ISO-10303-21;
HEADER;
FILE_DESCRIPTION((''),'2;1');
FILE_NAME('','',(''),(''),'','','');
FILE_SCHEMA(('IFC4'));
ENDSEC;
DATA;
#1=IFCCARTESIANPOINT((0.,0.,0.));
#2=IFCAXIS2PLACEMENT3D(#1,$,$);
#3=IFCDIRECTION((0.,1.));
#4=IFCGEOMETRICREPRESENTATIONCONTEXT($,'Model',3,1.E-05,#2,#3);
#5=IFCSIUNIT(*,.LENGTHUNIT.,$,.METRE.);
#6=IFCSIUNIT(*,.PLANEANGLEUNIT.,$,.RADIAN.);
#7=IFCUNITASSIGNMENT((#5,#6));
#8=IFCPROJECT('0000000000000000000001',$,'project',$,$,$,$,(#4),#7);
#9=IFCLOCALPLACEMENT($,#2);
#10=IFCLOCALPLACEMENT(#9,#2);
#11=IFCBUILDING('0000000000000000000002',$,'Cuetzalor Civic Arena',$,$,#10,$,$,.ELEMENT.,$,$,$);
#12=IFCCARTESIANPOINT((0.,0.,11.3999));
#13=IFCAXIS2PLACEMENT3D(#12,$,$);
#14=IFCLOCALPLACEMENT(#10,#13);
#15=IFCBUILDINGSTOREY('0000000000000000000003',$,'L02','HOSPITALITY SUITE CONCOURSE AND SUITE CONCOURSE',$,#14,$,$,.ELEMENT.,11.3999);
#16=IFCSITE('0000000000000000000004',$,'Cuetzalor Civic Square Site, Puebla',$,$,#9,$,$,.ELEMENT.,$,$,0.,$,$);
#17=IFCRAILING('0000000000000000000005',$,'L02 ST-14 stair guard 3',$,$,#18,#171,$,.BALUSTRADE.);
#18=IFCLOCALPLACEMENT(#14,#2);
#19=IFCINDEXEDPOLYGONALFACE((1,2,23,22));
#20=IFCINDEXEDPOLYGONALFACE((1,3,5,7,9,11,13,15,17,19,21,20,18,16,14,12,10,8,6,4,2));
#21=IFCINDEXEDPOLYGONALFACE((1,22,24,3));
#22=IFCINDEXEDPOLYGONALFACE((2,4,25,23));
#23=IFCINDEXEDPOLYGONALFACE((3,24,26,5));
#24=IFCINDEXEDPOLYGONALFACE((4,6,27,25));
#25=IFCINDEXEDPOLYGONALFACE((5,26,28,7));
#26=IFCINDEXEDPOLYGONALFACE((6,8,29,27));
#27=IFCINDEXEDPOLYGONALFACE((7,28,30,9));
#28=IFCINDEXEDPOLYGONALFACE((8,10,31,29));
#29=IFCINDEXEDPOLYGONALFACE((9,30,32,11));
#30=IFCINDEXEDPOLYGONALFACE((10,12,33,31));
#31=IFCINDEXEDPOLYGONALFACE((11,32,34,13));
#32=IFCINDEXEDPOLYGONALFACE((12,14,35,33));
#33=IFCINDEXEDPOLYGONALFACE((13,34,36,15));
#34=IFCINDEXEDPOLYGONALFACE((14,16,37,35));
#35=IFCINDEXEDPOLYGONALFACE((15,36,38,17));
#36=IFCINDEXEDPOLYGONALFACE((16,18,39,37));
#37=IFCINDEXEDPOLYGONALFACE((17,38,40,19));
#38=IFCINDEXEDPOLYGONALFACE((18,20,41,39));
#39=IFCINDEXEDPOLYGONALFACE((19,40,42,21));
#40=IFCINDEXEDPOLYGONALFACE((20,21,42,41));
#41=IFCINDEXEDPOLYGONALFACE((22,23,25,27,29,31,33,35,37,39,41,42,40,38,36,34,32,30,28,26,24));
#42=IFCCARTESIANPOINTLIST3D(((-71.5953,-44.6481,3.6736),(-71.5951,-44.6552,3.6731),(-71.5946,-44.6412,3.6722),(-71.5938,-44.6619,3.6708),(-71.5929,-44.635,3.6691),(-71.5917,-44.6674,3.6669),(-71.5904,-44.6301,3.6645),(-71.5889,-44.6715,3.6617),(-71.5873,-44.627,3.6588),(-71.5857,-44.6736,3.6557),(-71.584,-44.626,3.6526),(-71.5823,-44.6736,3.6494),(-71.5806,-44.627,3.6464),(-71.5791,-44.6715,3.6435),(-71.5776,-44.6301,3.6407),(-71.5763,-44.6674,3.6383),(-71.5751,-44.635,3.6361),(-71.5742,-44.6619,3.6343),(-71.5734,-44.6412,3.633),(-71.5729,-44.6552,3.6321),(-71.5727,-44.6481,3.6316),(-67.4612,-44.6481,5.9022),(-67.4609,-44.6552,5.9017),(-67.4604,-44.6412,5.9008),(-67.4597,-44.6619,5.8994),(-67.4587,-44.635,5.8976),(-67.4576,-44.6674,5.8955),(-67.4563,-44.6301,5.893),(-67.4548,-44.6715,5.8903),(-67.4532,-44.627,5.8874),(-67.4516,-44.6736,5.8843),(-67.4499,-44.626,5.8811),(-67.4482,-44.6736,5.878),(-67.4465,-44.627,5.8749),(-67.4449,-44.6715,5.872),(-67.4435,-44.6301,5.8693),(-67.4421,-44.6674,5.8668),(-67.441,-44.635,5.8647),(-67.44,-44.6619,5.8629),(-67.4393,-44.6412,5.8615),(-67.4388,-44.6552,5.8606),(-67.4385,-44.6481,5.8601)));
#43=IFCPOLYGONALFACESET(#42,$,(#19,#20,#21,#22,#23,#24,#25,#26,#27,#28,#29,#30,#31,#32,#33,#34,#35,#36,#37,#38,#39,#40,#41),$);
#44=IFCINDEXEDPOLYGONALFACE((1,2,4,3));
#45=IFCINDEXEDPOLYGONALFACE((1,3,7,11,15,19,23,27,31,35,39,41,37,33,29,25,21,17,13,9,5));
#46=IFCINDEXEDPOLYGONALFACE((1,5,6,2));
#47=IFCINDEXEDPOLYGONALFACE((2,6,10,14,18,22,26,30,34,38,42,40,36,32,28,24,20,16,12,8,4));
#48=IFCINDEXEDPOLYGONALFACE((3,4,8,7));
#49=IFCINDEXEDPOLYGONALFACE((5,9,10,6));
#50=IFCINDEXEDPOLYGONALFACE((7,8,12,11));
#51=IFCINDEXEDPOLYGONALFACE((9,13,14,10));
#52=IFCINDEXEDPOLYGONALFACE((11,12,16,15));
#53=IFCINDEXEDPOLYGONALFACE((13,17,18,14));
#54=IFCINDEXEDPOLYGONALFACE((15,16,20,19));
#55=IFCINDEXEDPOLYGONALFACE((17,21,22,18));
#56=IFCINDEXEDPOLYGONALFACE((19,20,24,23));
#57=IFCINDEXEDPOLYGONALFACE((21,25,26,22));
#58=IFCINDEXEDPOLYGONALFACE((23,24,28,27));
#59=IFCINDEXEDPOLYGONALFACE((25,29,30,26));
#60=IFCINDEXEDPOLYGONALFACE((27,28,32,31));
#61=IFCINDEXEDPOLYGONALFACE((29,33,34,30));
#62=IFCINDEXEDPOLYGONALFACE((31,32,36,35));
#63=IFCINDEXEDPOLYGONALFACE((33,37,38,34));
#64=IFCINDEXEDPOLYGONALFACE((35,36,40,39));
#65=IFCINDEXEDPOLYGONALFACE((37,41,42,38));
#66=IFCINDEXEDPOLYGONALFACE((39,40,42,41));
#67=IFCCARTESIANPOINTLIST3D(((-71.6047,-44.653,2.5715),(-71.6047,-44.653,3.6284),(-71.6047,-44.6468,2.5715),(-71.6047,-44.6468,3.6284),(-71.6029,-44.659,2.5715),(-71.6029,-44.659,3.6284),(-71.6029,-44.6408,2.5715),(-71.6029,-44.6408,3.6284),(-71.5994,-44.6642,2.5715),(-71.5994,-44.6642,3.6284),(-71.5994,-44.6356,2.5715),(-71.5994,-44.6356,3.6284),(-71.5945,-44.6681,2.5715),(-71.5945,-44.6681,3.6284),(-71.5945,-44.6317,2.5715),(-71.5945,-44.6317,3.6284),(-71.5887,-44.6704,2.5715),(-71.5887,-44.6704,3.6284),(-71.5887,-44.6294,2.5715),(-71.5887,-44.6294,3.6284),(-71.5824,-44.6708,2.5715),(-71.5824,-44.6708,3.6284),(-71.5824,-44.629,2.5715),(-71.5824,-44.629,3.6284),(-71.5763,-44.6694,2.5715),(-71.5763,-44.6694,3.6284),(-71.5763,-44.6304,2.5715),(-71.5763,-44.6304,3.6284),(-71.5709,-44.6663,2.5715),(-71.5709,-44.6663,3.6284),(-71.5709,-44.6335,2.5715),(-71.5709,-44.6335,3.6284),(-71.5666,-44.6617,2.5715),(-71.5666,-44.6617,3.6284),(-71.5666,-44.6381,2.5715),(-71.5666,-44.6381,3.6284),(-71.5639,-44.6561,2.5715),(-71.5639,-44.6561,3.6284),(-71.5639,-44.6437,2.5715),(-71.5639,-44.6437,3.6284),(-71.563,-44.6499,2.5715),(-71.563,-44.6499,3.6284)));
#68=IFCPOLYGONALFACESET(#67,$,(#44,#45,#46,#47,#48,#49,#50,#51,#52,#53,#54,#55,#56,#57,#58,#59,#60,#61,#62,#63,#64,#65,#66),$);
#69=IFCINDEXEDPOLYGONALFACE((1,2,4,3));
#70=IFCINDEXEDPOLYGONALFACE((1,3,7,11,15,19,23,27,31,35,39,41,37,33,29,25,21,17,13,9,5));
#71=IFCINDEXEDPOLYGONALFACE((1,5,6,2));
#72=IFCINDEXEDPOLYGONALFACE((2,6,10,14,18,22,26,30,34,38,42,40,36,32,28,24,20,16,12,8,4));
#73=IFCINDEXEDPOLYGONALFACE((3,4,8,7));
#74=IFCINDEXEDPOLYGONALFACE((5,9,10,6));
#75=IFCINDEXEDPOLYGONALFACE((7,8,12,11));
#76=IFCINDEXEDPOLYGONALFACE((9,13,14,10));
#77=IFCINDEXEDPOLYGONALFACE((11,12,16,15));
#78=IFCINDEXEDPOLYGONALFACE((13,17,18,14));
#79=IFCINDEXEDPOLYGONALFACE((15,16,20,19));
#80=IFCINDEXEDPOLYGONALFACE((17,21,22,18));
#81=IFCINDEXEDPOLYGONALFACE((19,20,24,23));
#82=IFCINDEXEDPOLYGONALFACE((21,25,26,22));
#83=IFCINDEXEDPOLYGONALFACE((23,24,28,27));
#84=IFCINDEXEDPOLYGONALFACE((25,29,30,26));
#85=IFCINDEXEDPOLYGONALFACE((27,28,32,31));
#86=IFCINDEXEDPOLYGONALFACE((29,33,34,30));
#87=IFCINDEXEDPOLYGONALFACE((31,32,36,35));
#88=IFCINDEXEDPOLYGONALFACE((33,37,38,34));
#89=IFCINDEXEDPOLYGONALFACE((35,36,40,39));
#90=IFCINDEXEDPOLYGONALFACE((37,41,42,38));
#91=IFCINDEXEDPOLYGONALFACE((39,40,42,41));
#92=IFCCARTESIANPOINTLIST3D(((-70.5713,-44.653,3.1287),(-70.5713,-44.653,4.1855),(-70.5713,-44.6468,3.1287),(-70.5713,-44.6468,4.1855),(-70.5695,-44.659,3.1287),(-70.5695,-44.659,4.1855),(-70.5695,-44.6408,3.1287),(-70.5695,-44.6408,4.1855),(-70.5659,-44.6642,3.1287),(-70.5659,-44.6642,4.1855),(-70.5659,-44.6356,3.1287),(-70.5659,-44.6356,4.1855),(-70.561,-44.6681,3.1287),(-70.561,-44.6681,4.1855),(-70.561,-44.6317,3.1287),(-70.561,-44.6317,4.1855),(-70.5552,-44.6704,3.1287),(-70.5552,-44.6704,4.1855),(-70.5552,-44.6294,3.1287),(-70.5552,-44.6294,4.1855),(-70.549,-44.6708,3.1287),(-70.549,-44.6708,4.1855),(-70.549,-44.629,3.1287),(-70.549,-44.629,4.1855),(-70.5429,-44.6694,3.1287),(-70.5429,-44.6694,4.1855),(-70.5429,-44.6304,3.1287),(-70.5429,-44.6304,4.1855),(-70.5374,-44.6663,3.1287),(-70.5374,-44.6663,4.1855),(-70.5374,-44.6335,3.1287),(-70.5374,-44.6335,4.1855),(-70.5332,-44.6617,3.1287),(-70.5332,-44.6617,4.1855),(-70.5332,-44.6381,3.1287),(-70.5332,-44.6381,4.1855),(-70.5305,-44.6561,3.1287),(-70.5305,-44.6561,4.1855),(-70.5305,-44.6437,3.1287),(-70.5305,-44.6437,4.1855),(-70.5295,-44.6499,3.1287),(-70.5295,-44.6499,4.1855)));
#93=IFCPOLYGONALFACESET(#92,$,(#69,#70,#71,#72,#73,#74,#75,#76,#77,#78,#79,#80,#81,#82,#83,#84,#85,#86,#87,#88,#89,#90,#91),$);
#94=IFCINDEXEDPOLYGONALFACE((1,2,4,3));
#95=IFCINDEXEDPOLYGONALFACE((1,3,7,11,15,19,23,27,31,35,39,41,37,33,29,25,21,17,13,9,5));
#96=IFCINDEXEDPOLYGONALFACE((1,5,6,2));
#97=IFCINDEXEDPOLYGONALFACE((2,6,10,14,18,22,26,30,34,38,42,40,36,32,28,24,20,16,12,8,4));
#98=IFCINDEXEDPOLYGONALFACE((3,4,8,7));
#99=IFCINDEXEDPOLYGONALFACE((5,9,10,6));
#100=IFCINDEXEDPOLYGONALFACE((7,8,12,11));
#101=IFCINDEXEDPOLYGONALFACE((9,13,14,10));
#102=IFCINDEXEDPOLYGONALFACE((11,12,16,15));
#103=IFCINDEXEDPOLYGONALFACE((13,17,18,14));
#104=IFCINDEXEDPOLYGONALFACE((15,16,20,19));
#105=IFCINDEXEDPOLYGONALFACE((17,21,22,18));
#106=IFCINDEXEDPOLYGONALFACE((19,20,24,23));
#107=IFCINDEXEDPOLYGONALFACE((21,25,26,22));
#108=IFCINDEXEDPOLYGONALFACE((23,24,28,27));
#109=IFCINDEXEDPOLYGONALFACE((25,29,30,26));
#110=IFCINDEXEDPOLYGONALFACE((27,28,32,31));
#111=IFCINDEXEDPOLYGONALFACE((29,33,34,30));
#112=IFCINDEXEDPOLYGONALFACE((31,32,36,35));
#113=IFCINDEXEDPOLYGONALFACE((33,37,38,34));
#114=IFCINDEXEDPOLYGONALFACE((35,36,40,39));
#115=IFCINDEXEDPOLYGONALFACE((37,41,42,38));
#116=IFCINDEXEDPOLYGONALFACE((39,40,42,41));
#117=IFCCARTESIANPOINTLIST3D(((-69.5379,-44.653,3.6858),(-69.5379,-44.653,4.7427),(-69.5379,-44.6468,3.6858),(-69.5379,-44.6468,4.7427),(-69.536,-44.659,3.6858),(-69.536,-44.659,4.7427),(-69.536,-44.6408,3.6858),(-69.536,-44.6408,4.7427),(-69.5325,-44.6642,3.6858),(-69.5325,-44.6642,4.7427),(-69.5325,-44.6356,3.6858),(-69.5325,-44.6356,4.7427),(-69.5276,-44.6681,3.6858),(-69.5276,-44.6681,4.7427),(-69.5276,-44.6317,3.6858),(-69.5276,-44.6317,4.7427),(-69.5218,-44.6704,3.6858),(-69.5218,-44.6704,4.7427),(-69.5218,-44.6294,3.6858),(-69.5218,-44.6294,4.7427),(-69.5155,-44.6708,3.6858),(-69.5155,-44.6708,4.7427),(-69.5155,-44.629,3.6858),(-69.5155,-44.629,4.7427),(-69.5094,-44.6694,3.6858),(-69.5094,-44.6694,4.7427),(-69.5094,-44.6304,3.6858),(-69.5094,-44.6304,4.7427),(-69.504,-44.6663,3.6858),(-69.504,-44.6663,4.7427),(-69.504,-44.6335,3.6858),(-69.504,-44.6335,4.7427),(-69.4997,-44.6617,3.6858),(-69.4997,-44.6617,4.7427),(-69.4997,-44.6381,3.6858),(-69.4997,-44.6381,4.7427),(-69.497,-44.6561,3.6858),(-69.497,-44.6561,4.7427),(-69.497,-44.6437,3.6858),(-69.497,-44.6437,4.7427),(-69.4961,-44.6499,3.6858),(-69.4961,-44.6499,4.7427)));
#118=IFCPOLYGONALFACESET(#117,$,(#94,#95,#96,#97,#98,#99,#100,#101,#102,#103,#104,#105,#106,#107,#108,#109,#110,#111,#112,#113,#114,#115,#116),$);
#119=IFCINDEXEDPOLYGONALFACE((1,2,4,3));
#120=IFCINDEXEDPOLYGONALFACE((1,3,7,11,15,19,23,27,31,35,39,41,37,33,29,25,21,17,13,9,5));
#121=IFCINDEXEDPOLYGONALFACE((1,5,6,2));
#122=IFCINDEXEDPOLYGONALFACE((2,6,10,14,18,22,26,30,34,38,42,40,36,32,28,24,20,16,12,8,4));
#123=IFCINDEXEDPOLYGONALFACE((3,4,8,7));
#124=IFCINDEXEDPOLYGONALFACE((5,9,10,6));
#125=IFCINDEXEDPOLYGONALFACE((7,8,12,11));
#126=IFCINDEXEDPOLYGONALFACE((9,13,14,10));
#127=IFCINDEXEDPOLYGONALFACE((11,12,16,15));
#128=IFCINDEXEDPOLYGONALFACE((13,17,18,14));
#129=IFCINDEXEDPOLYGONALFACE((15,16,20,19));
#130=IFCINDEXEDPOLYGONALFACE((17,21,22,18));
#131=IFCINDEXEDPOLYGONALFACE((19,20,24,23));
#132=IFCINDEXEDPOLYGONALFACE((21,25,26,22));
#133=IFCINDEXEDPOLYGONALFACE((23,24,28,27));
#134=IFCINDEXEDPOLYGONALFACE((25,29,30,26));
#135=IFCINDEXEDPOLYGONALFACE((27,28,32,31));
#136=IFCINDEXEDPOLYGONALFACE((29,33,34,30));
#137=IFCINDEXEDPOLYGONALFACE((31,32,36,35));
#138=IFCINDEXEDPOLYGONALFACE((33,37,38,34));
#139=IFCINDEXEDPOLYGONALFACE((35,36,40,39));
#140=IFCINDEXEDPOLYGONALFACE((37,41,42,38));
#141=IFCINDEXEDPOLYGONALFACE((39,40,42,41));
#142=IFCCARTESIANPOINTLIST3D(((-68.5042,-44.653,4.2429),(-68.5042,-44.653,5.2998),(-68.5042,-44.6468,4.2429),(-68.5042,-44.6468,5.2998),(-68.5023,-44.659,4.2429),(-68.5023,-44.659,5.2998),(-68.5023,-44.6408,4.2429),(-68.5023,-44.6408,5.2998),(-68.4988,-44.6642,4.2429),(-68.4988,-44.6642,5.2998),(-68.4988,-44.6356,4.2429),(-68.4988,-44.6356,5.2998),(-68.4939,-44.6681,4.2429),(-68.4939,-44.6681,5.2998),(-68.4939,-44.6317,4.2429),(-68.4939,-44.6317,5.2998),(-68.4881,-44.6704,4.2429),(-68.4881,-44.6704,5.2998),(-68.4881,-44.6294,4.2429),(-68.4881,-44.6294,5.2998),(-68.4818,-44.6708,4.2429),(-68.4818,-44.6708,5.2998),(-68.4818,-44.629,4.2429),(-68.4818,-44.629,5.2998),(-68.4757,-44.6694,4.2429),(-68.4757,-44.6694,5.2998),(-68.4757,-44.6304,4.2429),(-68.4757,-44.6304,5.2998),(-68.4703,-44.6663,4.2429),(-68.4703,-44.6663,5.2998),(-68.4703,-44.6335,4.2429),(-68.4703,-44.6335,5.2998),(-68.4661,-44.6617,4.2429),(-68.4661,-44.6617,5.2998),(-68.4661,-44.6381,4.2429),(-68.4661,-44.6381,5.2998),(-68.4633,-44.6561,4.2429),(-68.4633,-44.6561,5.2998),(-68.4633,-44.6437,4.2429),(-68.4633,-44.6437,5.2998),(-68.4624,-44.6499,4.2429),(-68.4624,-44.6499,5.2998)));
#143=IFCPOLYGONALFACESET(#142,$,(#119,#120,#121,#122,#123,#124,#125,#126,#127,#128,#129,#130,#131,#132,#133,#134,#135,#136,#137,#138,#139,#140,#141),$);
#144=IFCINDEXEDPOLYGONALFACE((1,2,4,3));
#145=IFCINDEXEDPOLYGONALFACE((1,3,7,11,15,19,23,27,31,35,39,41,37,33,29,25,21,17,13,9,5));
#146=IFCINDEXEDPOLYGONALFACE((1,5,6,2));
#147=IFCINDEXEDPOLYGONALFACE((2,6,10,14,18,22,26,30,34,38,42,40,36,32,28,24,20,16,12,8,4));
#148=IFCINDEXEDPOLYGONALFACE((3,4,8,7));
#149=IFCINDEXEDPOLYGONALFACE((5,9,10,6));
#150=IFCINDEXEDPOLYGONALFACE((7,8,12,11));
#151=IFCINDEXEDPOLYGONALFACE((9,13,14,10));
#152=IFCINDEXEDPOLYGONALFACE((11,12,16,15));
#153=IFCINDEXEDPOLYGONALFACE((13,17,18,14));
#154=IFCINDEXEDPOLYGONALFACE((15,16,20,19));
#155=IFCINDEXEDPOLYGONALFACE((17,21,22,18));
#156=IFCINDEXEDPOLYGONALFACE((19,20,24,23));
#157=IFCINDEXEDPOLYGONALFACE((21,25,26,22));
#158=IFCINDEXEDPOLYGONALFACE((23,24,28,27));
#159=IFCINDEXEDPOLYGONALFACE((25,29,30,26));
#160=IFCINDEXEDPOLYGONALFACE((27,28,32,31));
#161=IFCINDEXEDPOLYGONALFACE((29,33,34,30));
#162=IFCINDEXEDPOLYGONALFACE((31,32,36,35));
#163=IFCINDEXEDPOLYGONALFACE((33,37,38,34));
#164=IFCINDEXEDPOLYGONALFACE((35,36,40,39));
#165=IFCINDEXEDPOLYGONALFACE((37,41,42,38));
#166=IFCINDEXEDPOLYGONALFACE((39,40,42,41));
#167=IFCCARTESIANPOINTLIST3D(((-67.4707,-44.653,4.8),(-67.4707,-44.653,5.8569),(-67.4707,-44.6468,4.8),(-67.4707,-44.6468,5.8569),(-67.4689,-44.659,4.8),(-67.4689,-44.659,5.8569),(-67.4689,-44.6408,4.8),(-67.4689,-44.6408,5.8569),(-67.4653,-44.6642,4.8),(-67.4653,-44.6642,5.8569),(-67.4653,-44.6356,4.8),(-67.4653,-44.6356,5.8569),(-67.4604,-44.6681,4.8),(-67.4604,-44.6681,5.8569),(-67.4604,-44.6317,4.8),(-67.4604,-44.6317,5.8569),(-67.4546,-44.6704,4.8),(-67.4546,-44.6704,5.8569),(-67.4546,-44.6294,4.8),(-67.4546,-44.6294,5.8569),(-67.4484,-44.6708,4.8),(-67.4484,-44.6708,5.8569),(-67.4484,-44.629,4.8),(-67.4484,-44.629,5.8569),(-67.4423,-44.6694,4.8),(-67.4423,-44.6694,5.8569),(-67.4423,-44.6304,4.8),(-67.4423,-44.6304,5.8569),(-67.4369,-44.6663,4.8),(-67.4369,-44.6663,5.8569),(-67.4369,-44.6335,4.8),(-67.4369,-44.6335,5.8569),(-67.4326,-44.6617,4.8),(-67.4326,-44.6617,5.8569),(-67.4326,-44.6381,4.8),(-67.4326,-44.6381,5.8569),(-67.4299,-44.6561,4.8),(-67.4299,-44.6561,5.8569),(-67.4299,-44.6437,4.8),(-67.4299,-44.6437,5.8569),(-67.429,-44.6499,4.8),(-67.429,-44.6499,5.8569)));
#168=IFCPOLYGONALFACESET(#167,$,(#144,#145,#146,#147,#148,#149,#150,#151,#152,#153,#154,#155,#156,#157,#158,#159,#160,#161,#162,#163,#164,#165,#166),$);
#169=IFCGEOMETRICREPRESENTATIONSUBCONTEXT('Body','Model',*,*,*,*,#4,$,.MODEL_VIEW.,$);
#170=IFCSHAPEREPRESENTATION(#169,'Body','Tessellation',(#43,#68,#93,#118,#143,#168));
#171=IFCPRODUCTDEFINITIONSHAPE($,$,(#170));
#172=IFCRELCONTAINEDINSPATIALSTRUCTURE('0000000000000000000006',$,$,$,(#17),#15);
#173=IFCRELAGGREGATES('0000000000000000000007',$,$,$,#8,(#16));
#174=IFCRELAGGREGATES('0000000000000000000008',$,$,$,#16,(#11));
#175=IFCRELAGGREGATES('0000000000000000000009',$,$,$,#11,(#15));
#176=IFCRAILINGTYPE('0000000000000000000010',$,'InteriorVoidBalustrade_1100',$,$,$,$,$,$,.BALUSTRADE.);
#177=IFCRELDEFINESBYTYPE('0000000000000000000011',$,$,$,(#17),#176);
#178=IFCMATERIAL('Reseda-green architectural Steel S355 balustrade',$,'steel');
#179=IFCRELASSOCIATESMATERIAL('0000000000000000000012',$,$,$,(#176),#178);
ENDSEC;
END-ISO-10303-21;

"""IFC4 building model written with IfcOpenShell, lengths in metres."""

from ifc_helpers import new_model, si_unit, direction, frame, origin, origin_2d, place, context, subcontext, project, spatial, circle, extrude, material, type_object, element, save


model = new_model("IFC4")

# Units and contexts
model_context = context("Model", 3, precision=1e-05, world=origin(), true_north=direction((0.0, 1.0)))
body_context = subcontext(model_context, "Body", "Model", "MODEL_VIEW")
ifc_project = project(units=[si_unit("LENGTHUNIT", "METRE"), si_unit("PLANEANGLEUNIT", "RADIAN")], contexts=[model_context])

# Site, building, storey
site_placement = place(None, origin())
site = spatial("IfcSite", under=ifc_project, at=site_placement, Name="Cuetzalor Civic Square Site, Puebla", CompositionType="ELEMENT", RefElevation=0.0)
building_placement = place(site_placement, origin())
building = spatial("IfcBuilding", under=site, at=building_placement, Name="Cuetzalor Civic Arena", CompositionType="ELEMENT")
storey_placement = place(building_placement, frame((0.0, 0.0, 11.3999)))
storey = spatial("IfcBuildingStorey", under=building, at=storey_placement, Name="L02", Description="HOSPITALITY SUITE CONCOURSE AND SUITE CONCOURSE", CompositionType="ELEMENT", Elevation=11.3999)

# Railing
ifc_material_1 = material(Name="Reseda-green architectural Steel S355 balustrade", Category="steel")
railing_type_1 = type_object("IfcRailingType", Name="InteriorVoidBalustrade_1100", PredefinedType="BALUSTRADE", material=ifc_material_1)
railing_1_placement = place(storey_placement, frame((-71.584, -44.6499, 2.5715)))
element("IfcRailing", 1, at=railing_1_placement, inside=storey, type_object=railing_type_1, Name="L02 ST-14 stair guard 3", PredefinedType="BALUSTRADE", context=body_context, shape_type="SweptSolid", body=[
    extrude(circle(Radius=0.0239, at=origin_2d()), frame((0.0, 0.0, 1.0811), z_axis=(0.880249, 0.0, 0.474512), x_axis=(0.0, 1.0, 0.0)), (0.0, 0.0, 1.0), 4.6965),
    extrude(circle(Radius=0.021, at=origin_2d()), origin(), (0.0, 0.0, 1.0), 1.0569),
    extrude(circle(Radius=0.021, at=origin_2d()), frame((1.0334, 0.0, 0.5571)), (0.0, 0.0, 1.0), 1.0569),
    extrude(circle(Radius=0.021, at=origin_2d()), frame((2.0669, 0.0, 1.1143)), (0.0, 0.0, 1.0), 1.0569),
    extrude(circle(Radius=0.021, at=origin_2d()), frame((3.1006, 0.0, 1.6714)), (0.0, 0.0, 1.0), 1.0569),
    extrude(circle(Radius=0.021, at=origin_2d()), frame((4.134, 0.0, 2.2285)), (0.0, 0.0, 1.0), 1.0569),
])

save(model, "model.ifc")
